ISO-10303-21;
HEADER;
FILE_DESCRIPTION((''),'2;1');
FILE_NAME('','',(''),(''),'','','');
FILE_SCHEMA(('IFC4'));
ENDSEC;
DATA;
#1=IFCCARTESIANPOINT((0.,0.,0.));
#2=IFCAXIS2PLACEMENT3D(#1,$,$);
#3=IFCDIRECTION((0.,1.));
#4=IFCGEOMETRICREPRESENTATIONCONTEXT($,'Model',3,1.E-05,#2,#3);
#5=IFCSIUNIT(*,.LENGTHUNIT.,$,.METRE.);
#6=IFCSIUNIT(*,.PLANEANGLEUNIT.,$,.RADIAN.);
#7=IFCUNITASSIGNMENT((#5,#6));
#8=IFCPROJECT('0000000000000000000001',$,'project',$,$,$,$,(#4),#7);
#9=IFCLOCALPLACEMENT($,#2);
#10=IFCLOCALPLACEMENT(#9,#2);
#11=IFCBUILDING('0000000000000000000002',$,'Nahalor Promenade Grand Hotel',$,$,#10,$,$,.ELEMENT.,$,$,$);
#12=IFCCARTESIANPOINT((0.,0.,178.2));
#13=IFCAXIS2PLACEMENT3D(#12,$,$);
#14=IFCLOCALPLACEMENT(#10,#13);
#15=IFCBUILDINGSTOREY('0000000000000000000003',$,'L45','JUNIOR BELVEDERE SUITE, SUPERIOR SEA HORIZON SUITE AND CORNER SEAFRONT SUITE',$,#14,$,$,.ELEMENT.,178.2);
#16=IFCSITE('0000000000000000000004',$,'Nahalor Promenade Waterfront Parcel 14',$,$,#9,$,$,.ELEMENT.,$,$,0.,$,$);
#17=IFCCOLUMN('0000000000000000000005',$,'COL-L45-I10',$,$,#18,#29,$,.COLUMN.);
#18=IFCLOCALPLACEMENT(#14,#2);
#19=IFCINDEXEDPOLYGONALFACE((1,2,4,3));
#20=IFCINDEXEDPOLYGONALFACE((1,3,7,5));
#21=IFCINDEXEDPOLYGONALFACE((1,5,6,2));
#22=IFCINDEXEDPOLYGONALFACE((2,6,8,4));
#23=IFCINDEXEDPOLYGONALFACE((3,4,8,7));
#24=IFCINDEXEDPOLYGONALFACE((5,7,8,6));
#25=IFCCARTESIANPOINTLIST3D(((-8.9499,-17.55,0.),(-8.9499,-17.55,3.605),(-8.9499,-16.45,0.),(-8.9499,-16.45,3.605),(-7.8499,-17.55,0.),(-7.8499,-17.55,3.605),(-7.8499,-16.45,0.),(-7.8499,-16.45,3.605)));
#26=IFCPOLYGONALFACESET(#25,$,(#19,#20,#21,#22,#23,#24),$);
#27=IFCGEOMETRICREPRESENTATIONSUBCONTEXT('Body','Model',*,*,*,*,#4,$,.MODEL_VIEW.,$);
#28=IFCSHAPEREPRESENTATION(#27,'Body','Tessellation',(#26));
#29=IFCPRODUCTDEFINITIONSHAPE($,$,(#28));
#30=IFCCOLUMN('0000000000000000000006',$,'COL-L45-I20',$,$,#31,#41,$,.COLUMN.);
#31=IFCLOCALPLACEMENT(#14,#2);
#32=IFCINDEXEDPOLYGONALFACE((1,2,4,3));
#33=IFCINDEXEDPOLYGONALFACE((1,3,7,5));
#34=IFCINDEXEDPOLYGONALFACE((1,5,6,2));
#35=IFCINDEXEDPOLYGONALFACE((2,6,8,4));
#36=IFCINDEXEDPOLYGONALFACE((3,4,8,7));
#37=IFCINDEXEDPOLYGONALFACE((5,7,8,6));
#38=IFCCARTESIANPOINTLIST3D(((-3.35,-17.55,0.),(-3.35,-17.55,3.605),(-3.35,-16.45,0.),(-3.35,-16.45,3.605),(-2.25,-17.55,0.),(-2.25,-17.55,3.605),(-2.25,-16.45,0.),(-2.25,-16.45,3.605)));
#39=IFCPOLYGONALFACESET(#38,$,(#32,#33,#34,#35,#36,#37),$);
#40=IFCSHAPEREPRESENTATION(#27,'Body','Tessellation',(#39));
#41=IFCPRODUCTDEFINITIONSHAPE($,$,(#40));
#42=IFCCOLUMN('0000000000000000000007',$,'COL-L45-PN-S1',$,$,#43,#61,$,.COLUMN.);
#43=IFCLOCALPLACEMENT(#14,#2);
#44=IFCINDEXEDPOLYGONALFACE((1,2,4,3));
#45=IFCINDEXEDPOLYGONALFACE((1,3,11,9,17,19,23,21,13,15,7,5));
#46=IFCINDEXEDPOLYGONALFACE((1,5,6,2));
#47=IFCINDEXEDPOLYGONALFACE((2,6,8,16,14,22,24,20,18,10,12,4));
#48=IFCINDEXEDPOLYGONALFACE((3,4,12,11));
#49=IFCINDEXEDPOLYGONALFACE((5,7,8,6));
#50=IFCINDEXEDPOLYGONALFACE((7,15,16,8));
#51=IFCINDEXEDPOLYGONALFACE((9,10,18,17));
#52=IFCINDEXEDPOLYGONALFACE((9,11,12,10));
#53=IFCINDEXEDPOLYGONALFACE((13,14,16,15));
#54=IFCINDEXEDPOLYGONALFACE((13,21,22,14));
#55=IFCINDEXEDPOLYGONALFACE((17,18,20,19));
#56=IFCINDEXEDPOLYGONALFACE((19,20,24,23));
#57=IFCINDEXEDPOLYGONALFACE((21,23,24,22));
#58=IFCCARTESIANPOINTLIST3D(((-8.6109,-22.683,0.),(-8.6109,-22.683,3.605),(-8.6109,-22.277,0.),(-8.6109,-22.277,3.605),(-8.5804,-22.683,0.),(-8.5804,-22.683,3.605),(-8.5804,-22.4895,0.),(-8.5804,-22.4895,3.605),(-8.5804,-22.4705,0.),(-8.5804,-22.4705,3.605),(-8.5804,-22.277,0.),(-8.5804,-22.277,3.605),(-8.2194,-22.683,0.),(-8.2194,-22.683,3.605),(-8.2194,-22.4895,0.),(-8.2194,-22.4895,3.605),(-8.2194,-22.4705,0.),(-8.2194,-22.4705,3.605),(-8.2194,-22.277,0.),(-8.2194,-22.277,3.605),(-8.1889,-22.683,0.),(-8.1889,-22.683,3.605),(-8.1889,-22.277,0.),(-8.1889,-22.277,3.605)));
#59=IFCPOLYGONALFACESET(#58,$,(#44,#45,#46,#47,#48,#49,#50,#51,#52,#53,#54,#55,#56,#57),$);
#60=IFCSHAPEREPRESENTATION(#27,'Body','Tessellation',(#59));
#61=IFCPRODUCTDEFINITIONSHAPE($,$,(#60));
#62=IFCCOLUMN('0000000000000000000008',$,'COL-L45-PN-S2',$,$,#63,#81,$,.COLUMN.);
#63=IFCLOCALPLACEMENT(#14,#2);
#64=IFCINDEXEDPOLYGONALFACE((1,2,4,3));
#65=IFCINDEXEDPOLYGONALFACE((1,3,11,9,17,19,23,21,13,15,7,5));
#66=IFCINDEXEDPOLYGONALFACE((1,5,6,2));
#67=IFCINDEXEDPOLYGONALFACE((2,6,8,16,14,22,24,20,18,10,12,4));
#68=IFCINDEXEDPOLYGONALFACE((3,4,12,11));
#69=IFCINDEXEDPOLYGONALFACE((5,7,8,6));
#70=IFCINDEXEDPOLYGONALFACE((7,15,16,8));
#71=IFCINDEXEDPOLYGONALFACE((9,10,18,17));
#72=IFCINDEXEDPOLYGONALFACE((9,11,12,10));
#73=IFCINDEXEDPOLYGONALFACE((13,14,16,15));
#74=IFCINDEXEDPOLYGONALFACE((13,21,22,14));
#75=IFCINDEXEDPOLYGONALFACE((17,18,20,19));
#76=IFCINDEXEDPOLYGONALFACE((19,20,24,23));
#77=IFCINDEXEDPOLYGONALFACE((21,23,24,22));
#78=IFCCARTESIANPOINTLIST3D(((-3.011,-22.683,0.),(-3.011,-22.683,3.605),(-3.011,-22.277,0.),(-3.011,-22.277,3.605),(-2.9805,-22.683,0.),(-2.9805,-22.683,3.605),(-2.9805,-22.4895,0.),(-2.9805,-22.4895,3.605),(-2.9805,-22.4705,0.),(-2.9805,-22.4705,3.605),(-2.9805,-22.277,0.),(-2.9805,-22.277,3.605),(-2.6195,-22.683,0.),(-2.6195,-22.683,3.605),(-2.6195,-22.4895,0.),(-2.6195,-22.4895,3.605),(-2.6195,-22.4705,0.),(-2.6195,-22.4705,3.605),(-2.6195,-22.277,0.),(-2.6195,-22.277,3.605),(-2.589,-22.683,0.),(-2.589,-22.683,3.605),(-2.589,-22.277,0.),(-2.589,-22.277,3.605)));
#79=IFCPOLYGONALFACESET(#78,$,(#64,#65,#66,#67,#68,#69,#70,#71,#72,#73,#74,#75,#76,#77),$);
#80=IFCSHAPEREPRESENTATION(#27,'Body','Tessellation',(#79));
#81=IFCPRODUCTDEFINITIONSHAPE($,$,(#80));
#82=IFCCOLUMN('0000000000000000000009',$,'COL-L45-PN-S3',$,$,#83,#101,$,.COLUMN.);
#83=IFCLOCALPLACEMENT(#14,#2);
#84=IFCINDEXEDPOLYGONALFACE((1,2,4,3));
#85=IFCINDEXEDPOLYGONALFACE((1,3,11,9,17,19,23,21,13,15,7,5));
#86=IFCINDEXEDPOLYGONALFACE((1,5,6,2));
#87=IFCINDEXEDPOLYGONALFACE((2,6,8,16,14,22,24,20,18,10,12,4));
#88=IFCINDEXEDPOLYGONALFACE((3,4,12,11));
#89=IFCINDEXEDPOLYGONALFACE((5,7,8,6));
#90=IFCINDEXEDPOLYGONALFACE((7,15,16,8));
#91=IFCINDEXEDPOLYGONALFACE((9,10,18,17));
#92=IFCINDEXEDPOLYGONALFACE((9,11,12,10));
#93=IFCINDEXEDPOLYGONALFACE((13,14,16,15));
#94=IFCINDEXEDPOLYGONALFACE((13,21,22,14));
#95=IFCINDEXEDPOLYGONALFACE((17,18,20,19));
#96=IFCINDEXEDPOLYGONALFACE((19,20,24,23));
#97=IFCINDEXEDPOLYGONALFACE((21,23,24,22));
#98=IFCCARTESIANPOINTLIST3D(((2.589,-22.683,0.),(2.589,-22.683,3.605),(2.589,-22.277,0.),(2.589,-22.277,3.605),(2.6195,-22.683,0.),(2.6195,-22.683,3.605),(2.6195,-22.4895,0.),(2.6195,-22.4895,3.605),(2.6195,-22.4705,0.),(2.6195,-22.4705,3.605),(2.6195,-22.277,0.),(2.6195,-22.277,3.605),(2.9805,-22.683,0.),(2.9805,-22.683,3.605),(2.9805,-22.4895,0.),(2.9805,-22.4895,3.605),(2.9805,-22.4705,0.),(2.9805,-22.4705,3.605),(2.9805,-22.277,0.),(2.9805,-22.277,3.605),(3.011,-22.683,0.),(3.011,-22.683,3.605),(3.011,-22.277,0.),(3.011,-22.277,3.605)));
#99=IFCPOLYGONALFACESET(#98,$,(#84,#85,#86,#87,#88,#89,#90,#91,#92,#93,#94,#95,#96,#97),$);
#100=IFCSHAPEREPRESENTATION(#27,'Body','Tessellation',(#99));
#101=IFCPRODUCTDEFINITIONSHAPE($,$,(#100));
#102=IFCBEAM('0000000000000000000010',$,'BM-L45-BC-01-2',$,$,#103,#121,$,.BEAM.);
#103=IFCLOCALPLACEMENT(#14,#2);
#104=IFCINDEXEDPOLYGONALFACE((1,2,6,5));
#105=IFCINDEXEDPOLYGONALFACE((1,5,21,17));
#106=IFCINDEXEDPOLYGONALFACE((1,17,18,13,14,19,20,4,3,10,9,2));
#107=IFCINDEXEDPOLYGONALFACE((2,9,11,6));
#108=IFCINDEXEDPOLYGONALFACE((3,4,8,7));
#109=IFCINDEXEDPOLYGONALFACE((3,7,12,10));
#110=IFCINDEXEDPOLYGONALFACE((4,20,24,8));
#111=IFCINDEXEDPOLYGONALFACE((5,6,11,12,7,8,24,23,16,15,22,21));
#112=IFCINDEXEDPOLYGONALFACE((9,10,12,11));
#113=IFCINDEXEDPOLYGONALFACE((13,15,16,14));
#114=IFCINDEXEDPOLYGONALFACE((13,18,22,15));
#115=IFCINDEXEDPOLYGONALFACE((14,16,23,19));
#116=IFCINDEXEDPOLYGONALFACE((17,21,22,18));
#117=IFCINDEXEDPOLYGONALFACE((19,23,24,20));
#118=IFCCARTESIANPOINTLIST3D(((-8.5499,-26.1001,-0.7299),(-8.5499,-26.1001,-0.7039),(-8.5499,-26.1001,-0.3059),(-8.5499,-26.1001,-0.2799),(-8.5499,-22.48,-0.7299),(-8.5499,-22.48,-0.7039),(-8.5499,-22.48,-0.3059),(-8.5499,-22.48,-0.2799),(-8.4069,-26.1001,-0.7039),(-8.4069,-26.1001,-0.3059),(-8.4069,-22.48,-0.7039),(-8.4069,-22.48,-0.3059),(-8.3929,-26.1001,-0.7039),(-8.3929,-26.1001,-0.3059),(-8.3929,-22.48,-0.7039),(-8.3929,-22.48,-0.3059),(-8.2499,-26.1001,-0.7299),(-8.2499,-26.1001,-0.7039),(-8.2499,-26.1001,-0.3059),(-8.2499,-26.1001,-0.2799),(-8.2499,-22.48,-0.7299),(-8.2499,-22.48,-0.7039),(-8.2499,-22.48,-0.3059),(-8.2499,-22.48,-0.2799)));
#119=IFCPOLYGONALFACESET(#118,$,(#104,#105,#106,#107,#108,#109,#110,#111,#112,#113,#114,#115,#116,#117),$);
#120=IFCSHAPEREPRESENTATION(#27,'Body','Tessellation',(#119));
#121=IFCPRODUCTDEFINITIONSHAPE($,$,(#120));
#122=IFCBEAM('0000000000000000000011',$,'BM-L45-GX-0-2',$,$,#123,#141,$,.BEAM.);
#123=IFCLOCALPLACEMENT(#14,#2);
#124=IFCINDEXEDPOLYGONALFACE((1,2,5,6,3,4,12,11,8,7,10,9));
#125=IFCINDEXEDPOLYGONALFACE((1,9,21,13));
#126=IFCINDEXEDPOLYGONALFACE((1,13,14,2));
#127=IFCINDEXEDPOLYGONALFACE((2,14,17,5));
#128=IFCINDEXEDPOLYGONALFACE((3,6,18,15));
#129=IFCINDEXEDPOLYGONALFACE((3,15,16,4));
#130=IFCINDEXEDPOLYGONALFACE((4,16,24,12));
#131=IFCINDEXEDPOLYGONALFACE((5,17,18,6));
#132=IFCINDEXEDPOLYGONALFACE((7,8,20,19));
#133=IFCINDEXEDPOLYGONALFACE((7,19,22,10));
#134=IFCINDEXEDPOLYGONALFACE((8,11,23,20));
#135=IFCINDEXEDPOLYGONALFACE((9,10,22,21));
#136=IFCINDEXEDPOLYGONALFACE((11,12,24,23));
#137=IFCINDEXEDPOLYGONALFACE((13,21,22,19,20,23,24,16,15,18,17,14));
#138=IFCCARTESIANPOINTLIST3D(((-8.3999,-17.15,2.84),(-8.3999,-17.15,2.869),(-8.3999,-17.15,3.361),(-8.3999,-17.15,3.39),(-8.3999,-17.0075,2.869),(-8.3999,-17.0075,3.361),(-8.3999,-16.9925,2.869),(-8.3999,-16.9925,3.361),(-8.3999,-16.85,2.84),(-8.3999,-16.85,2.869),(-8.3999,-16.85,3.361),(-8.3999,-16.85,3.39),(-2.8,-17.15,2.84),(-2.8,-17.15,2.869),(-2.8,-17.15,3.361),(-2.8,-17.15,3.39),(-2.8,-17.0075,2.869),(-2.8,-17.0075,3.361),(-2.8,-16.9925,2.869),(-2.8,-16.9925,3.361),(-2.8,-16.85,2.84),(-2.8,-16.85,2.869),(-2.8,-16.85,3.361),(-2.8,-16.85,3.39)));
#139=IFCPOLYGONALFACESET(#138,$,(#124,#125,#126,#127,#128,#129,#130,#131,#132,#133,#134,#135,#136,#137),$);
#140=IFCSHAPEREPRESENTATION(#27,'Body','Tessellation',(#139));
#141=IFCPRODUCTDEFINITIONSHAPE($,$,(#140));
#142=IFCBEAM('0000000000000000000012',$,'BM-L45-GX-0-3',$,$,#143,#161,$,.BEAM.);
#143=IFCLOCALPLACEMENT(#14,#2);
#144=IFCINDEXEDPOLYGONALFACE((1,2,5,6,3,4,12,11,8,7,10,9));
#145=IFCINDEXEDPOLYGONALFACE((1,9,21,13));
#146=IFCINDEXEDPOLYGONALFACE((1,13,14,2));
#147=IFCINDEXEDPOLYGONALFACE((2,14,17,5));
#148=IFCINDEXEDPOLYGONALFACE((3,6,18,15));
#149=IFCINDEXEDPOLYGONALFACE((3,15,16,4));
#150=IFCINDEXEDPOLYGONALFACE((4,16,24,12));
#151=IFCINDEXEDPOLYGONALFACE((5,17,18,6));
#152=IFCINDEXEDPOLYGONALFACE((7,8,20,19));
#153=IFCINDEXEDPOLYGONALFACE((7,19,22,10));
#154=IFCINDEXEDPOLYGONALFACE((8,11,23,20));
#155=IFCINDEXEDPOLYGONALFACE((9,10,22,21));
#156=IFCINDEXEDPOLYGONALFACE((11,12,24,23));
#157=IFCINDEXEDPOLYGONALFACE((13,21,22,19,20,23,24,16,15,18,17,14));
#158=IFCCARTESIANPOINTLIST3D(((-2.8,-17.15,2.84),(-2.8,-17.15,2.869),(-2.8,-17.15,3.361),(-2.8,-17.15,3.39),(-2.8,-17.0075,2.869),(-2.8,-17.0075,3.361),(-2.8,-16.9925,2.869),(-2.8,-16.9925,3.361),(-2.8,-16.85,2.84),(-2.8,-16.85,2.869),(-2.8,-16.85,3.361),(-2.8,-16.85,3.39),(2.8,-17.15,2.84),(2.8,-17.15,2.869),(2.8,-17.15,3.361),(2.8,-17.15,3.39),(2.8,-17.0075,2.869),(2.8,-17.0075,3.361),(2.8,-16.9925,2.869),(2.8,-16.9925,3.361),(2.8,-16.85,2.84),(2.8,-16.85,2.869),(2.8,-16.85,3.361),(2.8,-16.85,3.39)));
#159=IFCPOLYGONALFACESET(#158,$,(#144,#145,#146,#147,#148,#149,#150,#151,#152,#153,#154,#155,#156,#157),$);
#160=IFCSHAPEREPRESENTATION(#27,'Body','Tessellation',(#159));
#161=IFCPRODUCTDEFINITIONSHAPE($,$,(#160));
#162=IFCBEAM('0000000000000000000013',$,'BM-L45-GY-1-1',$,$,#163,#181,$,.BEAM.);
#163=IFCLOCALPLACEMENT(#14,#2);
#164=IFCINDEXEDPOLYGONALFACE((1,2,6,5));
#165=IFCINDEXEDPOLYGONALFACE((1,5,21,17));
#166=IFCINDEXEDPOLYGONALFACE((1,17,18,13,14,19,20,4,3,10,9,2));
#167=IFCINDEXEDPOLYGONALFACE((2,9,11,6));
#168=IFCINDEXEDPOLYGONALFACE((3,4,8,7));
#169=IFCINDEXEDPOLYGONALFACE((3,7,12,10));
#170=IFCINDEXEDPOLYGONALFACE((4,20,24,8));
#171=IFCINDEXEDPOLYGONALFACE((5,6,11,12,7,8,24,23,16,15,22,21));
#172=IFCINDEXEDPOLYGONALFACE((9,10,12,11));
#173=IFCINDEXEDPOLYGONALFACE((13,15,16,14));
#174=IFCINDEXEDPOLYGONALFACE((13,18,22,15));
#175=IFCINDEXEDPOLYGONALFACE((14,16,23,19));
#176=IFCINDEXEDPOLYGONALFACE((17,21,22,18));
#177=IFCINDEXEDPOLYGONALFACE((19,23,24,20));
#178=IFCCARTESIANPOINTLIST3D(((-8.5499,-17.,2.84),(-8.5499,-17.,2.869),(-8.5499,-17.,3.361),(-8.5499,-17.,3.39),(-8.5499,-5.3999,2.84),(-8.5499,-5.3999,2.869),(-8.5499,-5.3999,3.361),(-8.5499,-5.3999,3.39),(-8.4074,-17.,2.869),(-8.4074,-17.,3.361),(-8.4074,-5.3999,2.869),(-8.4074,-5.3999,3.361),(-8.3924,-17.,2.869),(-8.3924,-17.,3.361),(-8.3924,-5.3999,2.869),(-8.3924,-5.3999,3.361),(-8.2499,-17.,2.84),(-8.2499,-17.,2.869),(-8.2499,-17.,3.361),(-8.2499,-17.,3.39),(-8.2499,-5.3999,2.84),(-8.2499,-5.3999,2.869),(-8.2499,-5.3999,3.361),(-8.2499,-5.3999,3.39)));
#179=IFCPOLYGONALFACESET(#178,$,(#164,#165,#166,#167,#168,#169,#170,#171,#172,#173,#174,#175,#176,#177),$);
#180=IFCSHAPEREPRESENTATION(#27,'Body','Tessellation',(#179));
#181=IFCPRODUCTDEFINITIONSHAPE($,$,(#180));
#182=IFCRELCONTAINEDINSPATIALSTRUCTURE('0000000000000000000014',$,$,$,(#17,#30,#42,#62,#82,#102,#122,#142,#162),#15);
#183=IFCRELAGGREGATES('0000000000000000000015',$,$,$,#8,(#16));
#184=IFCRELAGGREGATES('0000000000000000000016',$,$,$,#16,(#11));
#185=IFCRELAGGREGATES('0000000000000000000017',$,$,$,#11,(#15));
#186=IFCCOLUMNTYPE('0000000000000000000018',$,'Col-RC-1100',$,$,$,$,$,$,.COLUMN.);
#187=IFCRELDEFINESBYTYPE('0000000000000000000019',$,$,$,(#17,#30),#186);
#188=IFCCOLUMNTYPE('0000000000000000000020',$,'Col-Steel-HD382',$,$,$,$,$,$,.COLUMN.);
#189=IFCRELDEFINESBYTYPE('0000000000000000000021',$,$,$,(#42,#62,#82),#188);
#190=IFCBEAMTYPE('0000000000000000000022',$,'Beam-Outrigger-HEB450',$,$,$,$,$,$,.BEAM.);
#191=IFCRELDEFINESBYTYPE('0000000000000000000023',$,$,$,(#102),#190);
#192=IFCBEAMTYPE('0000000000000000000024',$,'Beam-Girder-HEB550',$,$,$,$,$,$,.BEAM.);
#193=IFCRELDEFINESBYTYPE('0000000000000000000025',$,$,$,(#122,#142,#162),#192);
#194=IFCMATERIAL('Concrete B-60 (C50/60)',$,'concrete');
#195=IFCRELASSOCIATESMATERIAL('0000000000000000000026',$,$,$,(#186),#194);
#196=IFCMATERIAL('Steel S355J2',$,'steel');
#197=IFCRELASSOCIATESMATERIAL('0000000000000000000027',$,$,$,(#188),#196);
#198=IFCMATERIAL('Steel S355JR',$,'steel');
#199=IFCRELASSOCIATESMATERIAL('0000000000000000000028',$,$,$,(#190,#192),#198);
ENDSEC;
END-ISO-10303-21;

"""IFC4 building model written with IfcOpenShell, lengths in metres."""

from ifc_helpers import new_model, si_unit, direction, frame, origin, origin_2d, place, context, subcontext, project, spatial, rectangle, i_section, extrude, source, transform, mapped, material, material_profile, profile_set, type_object, element, save


model = new_model("IFC4")

# Units and contexts
model_context = context("Model", 3, precision=1e-05, world=origin(), true_north=direction((0.0, 1.0)))
body_context = subcontext(model_context, "Body", "Model", "MODEL_VIEW")
ifc_project = project(units=[si_unit("LENGTHUNIT", "METRE"), si_unit("PLANEANGLEUNIT", "RADIAN")], contexts=[model_context])

# Site, building, storey
site_placement = place(None, origin())
site = spatial("IfcSite", under=ifc_project, at=site_placement, Name="Nahalor Promenade Waterfront Parcel 14", CompositionType="ELEMENT", RefElevation=0.0)
building_placement = place(site_placement, origin())
building = spatial("IfcBuilding", under=site, at=building_placement, Name="Nahalor Promenade Grand Hotel", CompositionType="ELEMENT")
storey_placement = place(building_placement, frame((0.0, 0.0, 178.2)))
storey = spatial("IfcBuildingStorey", under=building, at=storey_placement, Name="L45", Description="JUNIOR BELVEDERE SUITE, SUPERIOR SEA HORIZON SUITE AND CORNER SEAFRONT SUITE", CompositionType="ELEMENT", Elevation=178.2)

# Columns
ifc_material_1 = material(Name="Concrete B-60 (C50/60)", Category="concrete")
ifc_material_profile_1 = material_profile(ifc_material_1, rectangle(XDim=1.1, YDim=1.1, at=origin_2d()), Name="RC 1100x1100")
ifc_profile_set_1 = profile_set([ifc_material_profile_1], Name="Concrete B-60 (C50/60)")
column_type_1 = type_object("IfcColumnType", Name="Col-RC-1100", PredefinedType="COLUMN", material=ifc_profile_set_1)
shared_shape_1 = source(origin(), body_context, "Body", "SweptSolid", [
    extrude(rectangle(XDim=1.1, YDim=1.1, at=origin_2d()), origin(), (0.0, 0.0, 1.0), 3.605),
])
for number, where, z_axis, x_axis, name in (
    (1, (-8.3999, -17.0, 0.0), (0.0, 0.0, 1.0), (1.0, 0.0, 0.0), "COL-L45-I10"),
    (2, (-2.8, -17.0, 0.0), (0.0, 0.0, 1.0), (1.0, 0.0, 0.0), "COL-L45-I20"),
):
    element("IfcColumn", number, at=place(storey_placement, frame(where, z_axis=z_axis, x_axis=x_axis)), inside=storey, type_object=column_type_1, Name=name, PredefinedType="COLUMN", context=body_context, shape_type="MappedRepresentation", body=[
        mapped(shared_shape_1, transform((0.0, 0.0, 0.0), scale=1.0)),
    ])
ifc_material_2 = material(Name="Steel S355J2", Category="steel")
ifc_material_profile_2 = material_profile(ifc_material_2, i_section(OverallWidth=0.406, OverallDepth=0.422, WebThickness=0.019, FlangeThickness=0.0305, at=origin_2d()), Name="HD 400x382")
ifc_profile_set_2 = profile_set([ifc_material_profile_2], Name="Steel S355J2")
column_type_2 = type_object("IfcColumnType", Name="Col-Steel-HD382", PredefinedType="COLUMN", material=ifc_profile_set_2)
shared_shape_2 = source(origin(), body_context, "Body", "SweptSolid", [
    extrude(i_section(OverallWidth=0.406, OverallDepth=0.422, WebThickness=0.019, FlangeThickness=0.0305, at=origin_2d()), origin(), (0.0, 0.0, 1.0), 3.605),
])
for number, where, z_axis, x_axis, name in (
    (3, (-8.3999, -22.48, 0.0), (0.0, 0.0, 1.0), (0.0, 1.0, 0.0), "COL-L45-PN-S1"),
    (4, (-2.8, -22.48, 0.0), (0.0, 0.0, 1.0), (0.0, 1.0, 0.0), "COL-L45-PN-S2"),
    (5, (2.8, -22.48, 0.0), (0.0, 0.0, 1.0), (0.0, 1.0, 0.0), "COL-L45-PN-S3"),
):
    element("IfcColumn", number, at=place(storey_placement, frame(where, z_axis=z_axis, x_axis=x_axis)), inside=storey, type_object=column_type_2, Name=name, PredefinedType="COLUMN", context=body_context, shape_type="MappedRepresentation", body=[
        mapped(shared_shape_2, transform((0.0, 0.0, 0.0), scale=1.0)),
    ])

# Beams
ifc_material_3 = material(Name="Steel S355JR", Category="steel")
ifc_material_profile_3 = material_profile(ifc_material_3, i_section(OverallWidth=0.3, OverallDepth=0.45, WebThickness=0.014, FlangeThickness=0.026, at=origin_2d()), Name="HEB 450")
ifc_profile_set_3 = profile_set([ifc_material_profile_3], Name="Steel S355JR")
beam_type_1 = type_object("IfcBeamType", Name="Beam-Outrigger-HEB450", PredefinedType="BEAM", material=ifc_profile_set_3)
shared_shape_3 = source(origin(), body_context, "Body", "SweptSolid", [
    extrude(i_section(OverallWidth=0.3, OverallDepth=0.45, WebThickness=0.014, FlangeThickness=0.026, at=origin_2d()), origin(), (0.0, 0.0, 1.0), 3.6201),
])
beam_1_placement = place(storey_placement, frame((-8.3999, -26.1001, -0.5049), z_axis=(0.0, 1.0, 0.0), x_axis=(-1.0, 0.0, 0.0)))
element("IfcBeam", 6, at=beam_1_placement, inside=storey, type_object=beam_type_1, Name="BM-L45-BC-01-2", PredefinedType="BEAM", context=body_context, shape_type="MappedRepresentation", body=[
    mapped(shared_shape_3, transform((0.0, 0.0, 0.0), scale=1.0)),
])
ifc_material_profile_4 = material_profile(ifc_material_3, i_section(OverallWidth=0.3, OverallDepth=0.55, WebThickness=0.015, FlangeThickness=0.029, at=origin_2d()), Name="HEB 550")
ifc_profile_set_4 = profile_set([ifc_material_profile_4], Name="Steel S355JR")
beam_type_2 = type_object("IfcBeamType", Name="Beam-Girder-HEB550", PredefinedType="BEAM", material=ifc_profile_set_4)
shared_shape_4 = source(origin(), body_context, "Body", "SweptSolid", [
    extrude(i_section(OverallWidth=0.3, OverallDepth=0.55, WebThickness=0.015, FlangeThickness=0.029, at=origin_2d()), origin(), (0.0, 0.0, 1.0), 5.5999),
])
beam_2_placement = place(storey_placement, frame((-8.3999, -17.0, 3.115), z_axis=(1.0, 0.0, 0.0), x_axis=(0.0, 1.0, 0.0)))
element("IfcBeam", 7, at=beam_2_placement, inside=storey, type_object=beam_type_2, Name="BM-L45-GX-0-2", PredefinedType="BEAM", context=body_context, shape_type="MappedRepresentation", body=[
    mapped(shared_shape_4, transform((0.0, 0.0, 0.0), scale=1.0)),
])
shared_shape_5 = source(origin(), body_context, "Body", "SweptSolid", [
    extrude(i_section(OverallWidth=0.3, OverallDepth=0.55, WebThickness=0.015, FlangeThickness=0.029, at=origin_2d()), origin(), (0.0, 0.0, 1.0), 5.6001),
])
beam_3_placement = place(storey_placement, frame((-2.8, -17.0, 3.115), z_axis=(1.0, 0.0, 0.0), x_axis=(0.0, 1.0, 0.0)))
element("IfcBeam", 8, at=beam_3_placement, inside=storey, type_object=beam_type_2, Name="BM-L45-GX-0-3", PredefinedType="BEAM", context=body_context, shape_type="MappedRepresentation", body=[
    mapped(shared_shape_5, transform((0.0, 0.0, 0.0), scale=1.0)),
])
shared_shape_6 = source(origin(), body_context, "Body", "SweptSolid", [
    extrude(i_section(OverallWidth=0.3, OverallDepth=0.55, WebThickness=0.015, FlangeThickness=0.029, at=origin_2d()), origin(), (0.0, 0.0, 1.0), 11.6001),
])
beam_4_placement = place(storey_placement, frame((-8.3999, -17.0, 3.115), z_axis=(0.0, 1.0, 0.0), x_axis=(-1.0, 0.0, 0.0)))
element("IfcBeam", 9, at=beam_4_placement, inside=storey, type_object=beam_type_2, Name="BM-L45-GY-1-1", PredefinedType="BEAM", context=body_context, shape_type="MappedRepresentation", body=[
    mapped(shared_shape_6, transform((0.0, 0.0, 0.0), scale=1.0)),
])

save(model, "model.ifc")
